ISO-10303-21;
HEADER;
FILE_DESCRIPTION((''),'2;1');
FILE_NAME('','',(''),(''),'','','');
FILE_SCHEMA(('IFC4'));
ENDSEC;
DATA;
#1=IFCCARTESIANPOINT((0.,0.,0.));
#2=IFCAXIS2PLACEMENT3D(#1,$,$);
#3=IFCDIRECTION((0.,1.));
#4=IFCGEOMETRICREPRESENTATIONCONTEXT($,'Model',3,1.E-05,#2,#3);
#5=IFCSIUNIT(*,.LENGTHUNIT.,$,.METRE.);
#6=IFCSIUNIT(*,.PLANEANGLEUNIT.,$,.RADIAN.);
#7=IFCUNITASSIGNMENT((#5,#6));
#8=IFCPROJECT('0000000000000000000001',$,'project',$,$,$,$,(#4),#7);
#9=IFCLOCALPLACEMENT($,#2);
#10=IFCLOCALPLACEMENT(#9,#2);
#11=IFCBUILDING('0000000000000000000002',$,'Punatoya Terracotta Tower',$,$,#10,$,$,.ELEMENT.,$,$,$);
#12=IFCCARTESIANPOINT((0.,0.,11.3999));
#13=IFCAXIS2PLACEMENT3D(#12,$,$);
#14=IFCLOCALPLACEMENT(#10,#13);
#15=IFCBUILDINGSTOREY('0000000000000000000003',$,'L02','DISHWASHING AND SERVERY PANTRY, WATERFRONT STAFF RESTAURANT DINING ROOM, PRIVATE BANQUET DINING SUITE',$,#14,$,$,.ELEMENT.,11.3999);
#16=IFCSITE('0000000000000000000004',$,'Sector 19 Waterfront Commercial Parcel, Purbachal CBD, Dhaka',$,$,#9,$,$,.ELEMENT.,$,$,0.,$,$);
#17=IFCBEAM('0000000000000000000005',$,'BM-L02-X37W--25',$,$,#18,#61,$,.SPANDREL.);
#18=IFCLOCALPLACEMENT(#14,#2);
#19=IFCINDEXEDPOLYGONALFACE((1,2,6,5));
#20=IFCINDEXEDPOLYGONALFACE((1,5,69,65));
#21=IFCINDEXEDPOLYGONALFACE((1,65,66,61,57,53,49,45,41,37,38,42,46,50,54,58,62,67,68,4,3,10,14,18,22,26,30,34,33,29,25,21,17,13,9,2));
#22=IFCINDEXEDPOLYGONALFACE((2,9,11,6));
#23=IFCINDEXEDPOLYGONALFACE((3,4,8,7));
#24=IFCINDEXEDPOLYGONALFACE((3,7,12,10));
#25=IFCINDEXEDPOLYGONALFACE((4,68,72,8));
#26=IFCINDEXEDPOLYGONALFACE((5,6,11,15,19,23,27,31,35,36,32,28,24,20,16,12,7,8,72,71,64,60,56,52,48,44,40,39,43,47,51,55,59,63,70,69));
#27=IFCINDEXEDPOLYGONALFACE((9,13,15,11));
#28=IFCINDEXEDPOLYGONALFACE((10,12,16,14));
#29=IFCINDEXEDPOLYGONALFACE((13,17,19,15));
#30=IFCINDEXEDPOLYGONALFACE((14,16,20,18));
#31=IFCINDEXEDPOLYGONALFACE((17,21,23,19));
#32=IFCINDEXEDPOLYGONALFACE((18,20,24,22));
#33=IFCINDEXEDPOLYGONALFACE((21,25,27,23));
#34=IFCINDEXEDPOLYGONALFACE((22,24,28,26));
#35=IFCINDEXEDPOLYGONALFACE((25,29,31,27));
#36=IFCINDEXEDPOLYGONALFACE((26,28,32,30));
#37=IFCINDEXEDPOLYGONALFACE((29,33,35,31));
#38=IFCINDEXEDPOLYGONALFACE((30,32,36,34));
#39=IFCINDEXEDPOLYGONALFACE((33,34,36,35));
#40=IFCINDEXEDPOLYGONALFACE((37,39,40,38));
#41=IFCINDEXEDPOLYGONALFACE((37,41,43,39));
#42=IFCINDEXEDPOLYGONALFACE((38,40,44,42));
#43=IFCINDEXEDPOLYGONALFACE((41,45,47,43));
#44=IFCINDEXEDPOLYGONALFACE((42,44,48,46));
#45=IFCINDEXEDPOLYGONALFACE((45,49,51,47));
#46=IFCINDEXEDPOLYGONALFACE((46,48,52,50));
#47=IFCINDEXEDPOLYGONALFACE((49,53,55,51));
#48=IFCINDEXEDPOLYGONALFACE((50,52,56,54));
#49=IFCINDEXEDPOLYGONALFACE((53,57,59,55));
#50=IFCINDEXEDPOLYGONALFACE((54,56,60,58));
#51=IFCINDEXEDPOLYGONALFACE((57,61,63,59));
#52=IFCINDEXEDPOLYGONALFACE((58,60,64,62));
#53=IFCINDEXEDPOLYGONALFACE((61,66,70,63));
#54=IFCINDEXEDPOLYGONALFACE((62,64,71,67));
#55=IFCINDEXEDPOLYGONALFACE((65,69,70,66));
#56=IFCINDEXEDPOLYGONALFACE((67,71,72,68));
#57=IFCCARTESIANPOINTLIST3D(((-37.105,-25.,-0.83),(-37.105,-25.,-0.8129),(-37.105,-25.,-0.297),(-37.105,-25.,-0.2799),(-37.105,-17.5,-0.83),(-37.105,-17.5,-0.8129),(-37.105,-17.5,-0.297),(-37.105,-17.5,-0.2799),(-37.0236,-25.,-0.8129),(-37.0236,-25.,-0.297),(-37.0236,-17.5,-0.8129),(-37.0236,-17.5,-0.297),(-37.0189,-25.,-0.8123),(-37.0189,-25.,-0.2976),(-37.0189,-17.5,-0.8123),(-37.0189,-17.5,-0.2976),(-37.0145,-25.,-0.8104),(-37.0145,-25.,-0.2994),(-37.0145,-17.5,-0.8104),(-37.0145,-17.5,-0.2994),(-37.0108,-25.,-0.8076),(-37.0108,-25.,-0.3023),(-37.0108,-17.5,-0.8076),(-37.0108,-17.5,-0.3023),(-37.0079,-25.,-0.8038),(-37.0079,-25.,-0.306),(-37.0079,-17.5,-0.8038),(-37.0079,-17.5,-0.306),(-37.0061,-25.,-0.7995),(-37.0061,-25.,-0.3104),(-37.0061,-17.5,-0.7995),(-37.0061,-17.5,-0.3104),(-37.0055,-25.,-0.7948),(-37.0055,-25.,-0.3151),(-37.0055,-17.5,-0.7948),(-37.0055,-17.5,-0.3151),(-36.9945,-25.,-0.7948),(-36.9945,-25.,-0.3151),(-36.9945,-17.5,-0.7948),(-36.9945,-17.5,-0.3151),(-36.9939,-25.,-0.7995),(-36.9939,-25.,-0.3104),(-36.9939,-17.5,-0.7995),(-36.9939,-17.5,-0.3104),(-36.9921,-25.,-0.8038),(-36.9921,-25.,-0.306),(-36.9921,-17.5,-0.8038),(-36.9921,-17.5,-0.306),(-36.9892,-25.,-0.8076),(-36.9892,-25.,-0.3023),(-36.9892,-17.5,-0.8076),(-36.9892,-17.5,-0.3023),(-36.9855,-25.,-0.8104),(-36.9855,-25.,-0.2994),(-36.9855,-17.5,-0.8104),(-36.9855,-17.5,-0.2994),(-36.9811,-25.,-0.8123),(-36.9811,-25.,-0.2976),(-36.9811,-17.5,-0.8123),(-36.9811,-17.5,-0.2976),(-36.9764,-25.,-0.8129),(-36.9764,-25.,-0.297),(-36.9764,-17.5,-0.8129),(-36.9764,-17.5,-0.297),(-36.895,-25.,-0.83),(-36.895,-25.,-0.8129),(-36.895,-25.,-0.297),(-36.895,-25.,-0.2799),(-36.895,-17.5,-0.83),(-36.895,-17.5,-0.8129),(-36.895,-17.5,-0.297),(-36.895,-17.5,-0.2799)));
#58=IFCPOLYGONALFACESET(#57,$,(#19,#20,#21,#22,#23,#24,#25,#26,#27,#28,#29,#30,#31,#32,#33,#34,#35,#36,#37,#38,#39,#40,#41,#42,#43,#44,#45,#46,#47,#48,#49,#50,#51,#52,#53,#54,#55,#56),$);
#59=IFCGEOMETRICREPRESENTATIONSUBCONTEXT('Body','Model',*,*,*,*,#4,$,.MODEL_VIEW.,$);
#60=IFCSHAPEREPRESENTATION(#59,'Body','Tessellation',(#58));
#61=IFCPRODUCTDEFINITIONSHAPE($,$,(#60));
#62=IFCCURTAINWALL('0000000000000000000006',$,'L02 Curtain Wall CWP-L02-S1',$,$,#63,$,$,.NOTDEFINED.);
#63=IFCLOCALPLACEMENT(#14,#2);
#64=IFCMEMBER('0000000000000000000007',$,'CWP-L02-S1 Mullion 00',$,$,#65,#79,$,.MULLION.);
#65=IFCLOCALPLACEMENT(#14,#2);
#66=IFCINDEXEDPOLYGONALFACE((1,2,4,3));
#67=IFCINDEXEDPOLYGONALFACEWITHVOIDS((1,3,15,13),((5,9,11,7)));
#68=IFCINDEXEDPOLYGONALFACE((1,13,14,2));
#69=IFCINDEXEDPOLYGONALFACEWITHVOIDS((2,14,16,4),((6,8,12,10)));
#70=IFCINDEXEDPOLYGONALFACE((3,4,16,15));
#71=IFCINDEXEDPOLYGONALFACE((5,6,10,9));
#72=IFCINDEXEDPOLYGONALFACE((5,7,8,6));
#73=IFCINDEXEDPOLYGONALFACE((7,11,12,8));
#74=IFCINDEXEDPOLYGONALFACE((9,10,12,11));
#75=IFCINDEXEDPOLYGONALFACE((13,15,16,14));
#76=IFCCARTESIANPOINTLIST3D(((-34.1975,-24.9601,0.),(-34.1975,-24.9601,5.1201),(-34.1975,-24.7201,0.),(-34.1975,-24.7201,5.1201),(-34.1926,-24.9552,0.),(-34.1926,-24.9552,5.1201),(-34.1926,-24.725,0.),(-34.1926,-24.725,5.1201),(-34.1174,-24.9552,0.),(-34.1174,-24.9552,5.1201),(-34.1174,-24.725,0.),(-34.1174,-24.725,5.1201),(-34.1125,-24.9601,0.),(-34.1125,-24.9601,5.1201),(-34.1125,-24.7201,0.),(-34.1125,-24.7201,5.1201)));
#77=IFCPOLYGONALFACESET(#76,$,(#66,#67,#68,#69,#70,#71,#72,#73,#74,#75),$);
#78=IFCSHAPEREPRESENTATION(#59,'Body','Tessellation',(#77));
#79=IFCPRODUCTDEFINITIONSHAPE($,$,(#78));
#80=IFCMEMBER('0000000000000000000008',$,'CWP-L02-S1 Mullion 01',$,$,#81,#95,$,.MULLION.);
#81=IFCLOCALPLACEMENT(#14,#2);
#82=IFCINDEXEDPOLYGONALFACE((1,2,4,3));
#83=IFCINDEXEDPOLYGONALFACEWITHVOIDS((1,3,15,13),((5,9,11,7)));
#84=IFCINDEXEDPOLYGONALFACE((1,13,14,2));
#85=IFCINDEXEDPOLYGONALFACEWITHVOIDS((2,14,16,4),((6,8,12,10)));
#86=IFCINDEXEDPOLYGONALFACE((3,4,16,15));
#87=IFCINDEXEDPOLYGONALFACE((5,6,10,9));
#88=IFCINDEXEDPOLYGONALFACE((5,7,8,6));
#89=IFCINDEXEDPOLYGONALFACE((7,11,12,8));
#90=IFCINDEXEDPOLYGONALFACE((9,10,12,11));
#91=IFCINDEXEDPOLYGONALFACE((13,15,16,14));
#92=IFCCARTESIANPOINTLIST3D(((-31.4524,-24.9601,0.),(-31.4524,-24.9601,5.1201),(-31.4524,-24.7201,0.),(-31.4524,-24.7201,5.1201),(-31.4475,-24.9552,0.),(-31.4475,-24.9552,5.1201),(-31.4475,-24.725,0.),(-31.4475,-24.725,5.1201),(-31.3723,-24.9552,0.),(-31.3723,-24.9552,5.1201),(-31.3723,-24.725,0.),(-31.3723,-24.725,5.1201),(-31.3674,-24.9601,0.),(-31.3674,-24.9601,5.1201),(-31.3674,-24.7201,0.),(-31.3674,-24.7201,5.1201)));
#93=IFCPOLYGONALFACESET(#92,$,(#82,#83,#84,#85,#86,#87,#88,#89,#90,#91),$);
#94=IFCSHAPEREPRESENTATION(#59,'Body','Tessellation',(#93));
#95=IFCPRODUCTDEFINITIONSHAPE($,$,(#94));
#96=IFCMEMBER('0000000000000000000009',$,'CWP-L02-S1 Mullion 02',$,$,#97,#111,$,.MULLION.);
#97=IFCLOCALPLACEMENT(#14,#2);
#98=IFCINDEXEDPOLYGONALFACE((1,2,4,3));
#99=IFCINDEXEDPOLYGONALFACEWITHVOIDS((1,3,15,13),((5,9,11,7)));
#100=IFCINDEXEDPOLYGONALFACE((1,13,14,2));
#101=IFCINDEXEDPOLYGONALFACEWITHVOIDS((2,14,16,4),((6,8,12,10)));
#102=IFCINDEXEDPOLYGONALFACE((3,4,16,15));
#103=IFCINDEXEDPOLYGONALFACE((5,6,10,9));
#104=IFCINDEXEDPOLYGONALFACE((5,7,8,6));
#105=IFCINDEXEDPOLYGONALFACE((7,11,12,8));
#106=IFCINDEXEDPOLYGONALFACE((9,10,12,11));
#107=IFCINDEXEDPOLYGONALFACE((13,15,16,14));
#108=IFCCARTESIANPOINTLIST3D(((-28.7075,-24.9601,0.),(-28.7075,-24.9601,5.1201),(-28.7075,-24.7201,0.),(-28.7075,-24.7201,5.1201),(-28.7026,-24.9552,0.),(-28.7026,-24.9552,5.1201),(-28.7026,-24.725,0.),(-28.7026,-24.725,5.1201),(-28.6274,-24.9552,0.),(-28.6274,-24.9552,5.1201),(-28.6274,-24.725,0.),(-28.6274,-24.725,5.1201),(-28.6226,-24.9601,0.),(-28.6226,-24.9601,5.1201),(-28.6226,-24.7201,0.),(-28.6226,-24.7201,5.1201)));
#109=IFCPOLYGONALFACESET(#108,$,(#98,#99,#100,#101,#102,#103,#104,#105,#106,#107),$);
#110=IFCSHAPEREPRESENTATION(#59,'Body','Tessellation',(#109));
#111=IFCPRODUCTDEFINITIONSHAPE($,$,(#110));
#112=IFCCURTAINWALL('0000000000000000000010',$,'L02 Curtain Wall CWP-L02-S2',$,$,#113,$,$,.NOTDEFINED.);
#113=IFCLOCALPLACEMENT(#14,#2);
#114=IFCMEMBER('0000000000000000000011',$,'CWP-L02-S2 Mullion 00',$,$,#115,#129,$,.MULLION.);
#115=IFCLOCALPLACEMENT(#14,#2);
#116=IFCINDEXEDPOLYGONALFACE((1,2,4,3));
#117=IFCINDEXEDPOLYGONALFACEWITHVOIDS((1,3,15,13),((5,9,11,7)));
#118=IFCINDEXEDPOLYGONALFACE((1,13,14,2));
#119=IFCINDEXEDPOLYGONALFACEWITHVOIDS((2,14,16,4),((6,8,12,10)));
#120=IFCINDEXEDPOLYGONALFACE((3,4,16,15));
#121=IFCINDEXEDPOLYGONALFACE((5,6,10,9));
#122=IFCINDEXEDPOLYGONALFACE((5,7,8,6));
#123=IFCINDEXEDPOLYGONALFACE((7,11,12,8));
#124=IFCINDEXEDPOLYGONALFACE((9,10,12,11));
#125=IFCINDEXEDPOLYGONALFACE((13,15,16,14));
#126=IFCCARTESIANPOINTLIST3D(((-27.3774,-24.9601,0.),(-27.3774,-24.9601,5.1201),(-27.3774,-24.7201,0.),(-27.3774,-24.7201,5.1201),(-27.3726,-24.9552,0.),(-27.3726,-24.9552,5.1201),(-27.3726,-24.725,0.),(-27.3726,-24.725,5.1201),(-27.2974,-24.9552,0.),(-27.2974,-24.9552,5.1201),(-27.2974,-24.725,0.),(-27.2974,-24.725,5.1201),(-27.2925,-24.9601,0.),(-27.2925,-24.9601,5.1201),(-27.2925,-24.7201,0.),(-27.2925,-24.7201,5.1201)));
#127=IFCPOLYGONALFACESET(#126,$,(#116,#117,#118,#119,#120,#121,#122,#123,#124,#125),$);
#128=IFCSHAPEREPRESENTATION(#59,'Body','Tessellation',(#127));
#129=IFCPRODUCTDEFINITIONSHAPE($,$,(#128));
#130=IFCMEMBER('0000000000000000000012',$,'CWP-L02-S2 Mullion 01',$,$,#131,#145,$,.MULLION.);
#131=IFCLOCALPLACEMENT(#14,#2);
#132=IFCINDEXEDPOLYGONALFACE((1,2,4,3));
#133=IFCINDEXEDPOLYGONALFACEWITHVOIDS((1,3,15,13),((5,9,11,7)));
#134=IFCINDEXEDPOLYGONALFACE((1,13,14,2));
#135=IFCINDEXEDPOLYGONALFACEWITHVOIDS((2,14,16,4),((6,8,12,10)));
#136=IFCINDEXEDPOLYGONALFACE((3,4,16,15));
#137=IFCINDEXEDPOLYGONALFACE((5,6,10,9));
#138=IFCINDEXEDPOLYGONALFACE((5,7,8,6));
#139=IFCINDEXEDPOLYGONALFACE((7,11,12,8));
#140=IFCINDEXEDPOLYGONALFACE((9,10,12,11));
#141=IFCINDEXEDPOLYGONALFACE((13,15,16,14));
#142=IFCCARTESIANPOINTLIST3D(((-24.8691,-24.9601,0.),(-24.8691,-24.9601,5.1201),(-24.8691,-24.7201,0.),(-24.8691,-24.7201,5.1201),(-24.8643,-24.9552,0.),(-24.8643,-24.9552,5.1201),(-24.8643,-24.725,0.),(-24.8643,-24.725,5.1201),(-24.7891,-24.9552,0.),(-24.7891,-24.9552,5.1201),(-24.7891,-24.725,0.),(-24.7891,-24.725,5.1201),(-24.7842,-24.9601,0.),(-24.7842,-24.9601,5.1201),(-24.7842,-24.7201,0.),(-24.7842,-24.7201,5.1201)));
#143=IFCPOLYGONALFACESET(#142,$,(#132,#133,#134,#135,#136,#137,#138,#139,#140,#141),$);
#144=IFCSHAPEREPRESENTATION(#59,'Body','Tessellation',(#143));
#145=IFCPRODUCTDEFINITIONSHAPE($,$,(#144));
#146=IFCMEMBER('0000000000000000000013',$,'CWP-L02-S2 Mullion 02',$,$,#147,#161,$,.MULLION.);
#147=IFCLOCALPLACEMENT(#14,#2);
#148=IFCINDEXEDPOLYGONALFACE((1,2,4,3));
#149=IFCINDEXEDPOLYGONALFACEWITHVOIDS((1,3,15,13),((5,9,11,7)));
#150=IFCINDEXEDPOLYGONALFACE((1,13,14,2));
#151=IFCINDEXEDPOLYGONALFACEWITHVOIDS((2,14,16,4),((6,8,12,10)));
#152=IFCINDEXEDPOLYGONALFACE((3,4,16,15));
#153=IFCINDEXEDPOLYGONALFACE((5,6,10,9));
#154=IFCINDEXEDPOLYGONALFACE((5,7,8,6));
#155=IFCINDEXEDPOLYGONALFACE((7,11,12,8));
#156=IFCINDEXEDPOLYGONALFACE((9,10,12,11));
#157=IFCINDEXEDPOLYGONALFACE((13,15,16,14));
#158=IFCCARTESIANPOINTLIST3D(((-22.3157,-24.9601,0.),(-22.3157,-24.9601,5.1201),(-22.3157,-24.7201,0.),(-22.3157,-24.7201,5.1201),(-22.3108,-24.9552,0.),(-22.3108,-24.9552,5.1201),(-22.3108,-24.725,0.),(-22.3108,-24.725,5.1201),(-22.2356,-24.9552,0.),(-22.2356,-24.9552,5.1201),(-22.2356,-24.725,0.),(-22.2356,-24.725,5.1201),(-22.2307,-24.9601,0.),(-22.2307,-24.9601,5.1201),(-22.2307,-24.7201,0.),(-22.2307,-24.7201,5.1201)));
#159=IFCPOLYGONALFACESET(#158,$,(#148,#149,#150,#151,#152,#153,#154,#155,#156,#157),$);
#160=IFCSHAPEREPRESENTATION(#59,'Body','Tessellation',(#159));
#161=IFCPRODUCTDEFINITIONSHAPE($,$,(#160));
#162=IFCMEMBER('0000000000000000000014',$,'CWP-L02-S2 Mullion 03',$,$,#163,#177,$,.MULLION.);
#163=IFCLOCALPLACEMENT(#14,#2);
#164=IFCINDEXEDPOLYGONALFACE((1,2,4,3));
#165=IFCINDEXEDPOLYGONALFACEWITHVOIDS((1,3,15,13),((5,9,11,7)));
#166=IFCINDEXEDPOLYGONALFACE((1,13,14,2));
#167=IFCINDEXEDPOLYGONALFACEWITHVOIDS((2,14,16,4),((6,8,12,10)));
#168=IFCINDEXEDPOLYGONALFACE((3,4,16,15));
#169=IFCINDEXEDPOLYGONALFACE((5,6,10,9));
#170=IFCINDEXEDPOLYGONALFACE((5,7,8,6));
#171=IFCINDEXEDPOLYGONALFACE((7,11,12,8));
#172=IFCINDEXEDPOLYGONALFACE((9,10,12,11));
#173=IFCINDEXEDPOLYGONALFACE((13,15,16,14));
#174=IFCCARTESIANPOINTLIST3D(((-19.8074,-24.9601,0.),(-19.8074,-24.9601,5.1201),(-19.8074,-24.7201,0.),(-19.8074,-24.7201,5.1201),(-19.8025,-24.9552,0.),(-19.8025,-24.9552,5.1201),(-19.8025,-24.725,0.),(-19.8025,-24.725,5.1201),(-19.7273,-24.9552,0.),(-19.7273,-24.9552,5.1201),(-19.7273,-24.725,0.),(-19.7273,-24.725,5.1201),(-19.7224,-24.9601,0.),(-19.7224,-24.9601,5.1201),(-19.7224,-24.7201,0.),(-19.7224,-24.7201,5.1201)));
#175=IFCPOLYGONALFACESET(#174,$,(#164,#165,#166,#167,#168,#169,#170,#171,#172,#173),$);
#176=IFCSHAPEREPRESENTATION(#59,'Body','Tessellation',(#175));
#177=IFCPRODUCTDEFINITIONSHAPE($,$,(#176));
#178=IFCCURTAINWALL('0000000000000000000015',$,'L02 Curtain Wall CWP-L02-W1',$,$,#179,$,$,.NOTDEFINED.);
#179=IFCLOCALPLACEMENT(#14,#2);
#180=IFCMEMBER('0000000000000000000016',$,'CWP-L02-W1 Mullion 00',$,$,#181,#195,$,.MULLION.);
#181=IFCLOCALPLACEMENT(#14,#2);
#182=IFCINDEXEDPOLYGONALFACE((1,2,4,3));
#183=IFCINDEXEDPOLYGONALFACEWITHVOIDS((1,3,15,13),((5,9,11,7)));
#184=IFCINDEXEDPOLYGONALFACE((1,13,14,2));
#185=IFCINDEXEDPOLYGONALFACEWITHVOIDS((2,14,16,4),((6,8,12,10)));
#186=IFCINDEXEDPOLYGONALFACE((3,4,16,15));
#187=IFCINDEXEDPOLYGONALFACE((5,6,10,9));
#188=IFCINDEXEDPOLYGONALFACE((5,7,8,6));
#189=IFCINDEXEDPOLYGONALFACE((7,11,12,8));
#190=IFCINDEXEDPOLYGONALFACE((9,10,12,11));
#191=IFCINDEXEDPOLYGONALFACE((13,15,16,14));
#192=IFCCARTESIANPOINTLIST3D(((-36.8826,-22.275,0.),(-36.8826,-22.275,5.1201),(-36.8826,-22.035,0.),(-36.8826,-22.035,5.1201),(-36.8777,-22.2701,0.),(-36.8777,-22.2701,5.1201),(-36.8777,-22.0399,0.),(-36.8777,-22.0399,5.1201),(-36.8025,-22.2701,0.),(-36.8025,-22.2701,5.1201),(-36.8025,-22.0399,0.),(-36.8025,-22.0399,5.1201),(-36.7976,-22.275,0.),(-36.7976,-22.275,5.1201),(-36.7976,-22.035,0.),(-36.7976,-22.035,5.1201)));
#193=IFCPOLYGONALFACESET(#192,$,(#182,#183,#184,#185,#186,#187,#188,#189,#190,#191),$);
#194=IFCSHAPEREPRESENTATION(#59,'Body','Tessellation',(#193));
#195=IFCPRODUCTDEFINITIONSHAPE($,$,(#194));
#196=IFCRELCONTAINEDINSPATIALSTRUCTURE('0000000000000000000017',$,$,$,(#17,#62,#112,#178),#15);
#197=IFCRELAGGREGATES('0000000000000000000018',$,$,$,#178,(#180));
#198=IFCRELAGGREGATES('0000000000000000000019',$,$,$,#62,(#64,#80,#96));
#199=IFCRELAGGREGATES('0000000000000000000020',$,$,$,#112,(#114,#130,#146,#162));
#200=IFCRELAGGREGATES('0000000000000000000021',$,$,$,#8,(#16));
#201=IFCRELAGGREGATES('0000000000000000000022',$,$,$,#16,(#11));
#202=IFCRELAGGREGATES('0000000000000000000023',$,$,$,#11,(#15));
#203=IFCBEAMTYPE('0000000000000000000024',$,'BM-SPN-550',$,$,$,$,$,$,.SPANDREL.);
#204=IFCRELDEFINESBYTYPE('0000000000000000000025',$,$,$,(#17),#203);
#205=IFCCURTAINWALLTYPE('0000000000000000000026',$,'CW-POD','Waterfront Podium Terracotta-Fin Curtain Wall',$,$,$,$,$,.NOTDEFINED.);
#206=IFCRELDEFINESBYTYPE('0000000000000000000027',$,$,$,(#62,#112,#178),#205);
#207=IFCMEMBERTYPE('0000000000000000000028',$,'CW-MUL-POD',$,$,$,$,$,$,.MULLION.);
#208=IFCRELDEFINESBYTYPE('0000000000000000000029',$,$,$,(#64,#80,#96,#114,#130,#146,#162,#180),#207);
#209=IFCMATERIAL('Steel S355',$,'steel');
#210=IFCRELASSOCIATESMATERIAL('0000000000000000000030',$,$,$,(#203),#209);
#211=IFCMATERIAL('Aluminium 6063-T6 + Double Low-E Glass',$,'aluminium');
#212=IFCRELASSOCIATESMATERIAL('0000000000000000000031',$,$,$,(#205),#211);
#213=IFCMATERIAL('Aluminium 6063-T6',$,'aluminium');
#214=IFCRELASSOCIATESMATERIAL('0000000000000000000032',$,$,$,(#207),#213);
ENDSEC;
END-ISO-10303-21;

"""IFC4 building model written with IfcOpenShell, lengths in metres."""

from ifc_helpers import new_model, si_unit, direction, frame, origin, origin_2d, place, context, subcontext, project, spatial, hollow_rectangle, i_section, extrude, material, material_profile, profile_set, type_object, element, aggregate, save


model = new_model("IFC4")

# Units and contexts
model_context = context("Model", 3, precision=1e-05, world=origin(), true_north=direction((0.0, 1.0)))
body_context = subcontext(model_context, "Body", "Model", "MODEL_VIEW")
ifc_project = project(units=[si_unit("LENGTHUNIT", "METRE"), si_unit("PLANEANGLEUNIT", "RADIAN")], contexts=[model_context])

# Site, building, storey
site_placement = place(None, origin())
site = spatial("IfcSite", under=ifc_project, at=site_placement, Name="Sector 19 Waterfront Commercial Parcel, Purbachal CBD, Dhaka", CompositionType="ELEMENT", RefElevation=0.0)
building_placement = place(site_placement, origin())
building = spatial("IfcBuilding", under=site, at=building_placement, Name="Punatoya Terracotta Tower", CompositionType="ELEMENT")
storey_placement = place(building_placement, frame((0.0, 0.0, 11.3999)))
storey = spatial("IfcBuildingStorey", under=building, at=storey_placement, Name="L02", Description="DISHWASHING AND SERVERY PANTRY, WATERFRONT STAFF RESTAURANT DINING ROOM, PRIVATE BANQUET DINING SUITE", CompositionType="ELEMENT", Elevation=11.3999)

# Beam
ifc_material_1 = material(Name="Steel S355", Category="steel")
ifc_material_profile_1 = material_profile(ifc_material_1, i_section(OverallWidth=0.21, OverallDepth=0.55, WebThickness=0.011, FlangeThickness=0.0171, FilletRadius=0.0181, at=origin_2d()))
ifc_profile_set_1 = profile_set([ifc_material_profile_1], Name="Steel S355")
beam_type_1 = type_object("IfcBeamType", Name="BM-SPN-550", PredefinedType="SPANDREL", material=ifc_profile_set_1)
beam_1_placement = place(storey_placement, frame((-37.0, -25.0, -0.5549), z_axis=(0.0, 1.0, 0.0), x_axis=(-1.0, 0.0, 0.0)))
element("IfcBeam", 1, at=beam_1_placement, inside=storey, type_object=beam_type_1, Name="BM-L02-X37W--25", PredefinedType="SPANDREL", context=body_context, shape_type="SweptSolid", body=[
    extrude(i_section(OverallWidth=0.21, OverallDepth=0.55, WebThickness=0.011, FlangeThickness=0.0171, FilletRadius=0.0181, at=origin_2d()), origin(), (0.0, 0.0, 1.0), 7.5),
])

# Curtain walls, members
ifc_material_2 = material(Name="Aluminium 6063-T6 + Double Low-E Glass", Category="aluminium")
curtain_wall_type = type_object("IfcCurtainWallType", Name="CW-POD", Description="Waterfront Podium Terracotta-Fin Curtain Wall", PredefinedType="NOTDEFINED", material=ifc_material_2)
curtain_wall_1_placement = place(storey_placement, origin())
curtain_wall_1 = element("IfcCurtainWall", 2, at=curtain_wall_1_placement, inside=storey, type_object=curtain_wall_type, Name="L02 Curtain Wall CWP-L02-S1", PredefinedType="NOTDEFINED")
ifc_material_3 = material(Name="Aluminium 6063-T6", Category="aluminium")
ifc_material_profile_2 = material_profile(ifc_material_3, hollow_rectangle(XDim=0.085, YDim=0.24, WallThickness=0.0049, at=origin_2d()))
ifc_profile_set_2 = profile_set([ifc_material_profile_2], Name="Aluminium 6063-T6")
member_type_1 = type_object("IfcMemberType", Name="CW-MUL-POD", PredefinedType="MULLION", material=ifc_profile_set_2)
member_1_placement = place(storey_placement, frame((-34.155, -24.8401, 0.0), z_axis=(0.0, 0.0, 1.0), x_axis=(1.0, 0.0, 0.0)))
member_1 = element("IfcMember", 3, at=member_1_placement, type_object=member_type_1, Name="CWP-L02-S1 Mullion 00", PredefinedType="MULLION", context=body_context, shape_type="SweptSolid", body=[
    extrude(hollow_rectangle(XDim=0.085, YDim=0.24, WallThickness=0.0049, at=origin_2d()), origin(), (0.0, 0.0, 1.0), 5.1201),
])
member_2_placement = place(storey_placement, frame((-31.4099, -24.8401, 0.0), z_axis=(0.0, 0.0, 1.0), x_axis=(1.0, 0.0, 0.0)))
member_2 = element("IfcMember", 4, at=member_2_placement, type_object=member_type_1, Name="CWP-L02-S1 Mullion 01", PredefinedType="MULLION", context=body_context, shape_type="SweptSolid", body=[
    extrude(hollow_rectangle(XDim=0.085, YDim=0.24, WallThickness=0.0049, at=origin_2d()), origin(), (0.0, 0.0, 1.0), 5.1201),
])
member_3_placement = place(storey_placement, frame((-28.665, -24.8401, 0.0), z_axis=(0.0, 0.0, 1.0), x_axis=(1.0, 0.0, 0.0)))
member_3 = element("IfcMember", 5, at=member_3_placement, type_object=member_type_1, Name="CWP-L02-S1 Mullion 02", PredefinedType="MULLION", context=body_context, shape_type="SweptSolid", body=[
    extrude(hollow_rectangle(XDim=0.085, YDim=0.24, WallThickness=0.0049, at=origin_2d()), origin(), (0.0, 0.0, 1.0), 5.1201),
])
curtain_wall_2_placement = place(storey_placement, origin())
curtain_wall_2 = element("IfcCurtainWall", 6, at=curtain_wall_2_placement, inside=storey, type_object=curtain_wall_type, Name="L02 Curtain Wall CWP-L02-S2", PredefinedType="NOTDEFINED")
member_4_placement = place(storey_placement, frame((-27.335, -24.8401, 0.0), z_axis=(0.0, 0.0, 1.0), x_axis=(1.0, 0.0, 0.0)))
member_4 = element("IfcMember", 7, at=member_4_placement, type_object=member_type_1, Name="CWP-L02-S2 Mullion 00", PredefinedType="MULLION", context=body_context, shape_type="SweptSolid", body=[
    extrude(hollow_rectangle(XDim=0.085, YDim=0.24, WallThickness=0.0049, at=origin_2d()), origin(), (0.0, 0.0, 1.0), 5.1201),
])
member_5_placement = place(storey_placement, frame((-24.8267, -24.8401, 0.0), z_axis=(0.0, 0.0, 1.0), x_axis=(1.0, 0.0, 0.0)))
member_5 = element("IfcMember", 8, at=member_5_placement, type_object=member_type_1, Name="CWP-L02-S2 Mullion 01", PredefinedType="MULLION", context=body_context, shape_type="SweptSolid", body=[
    extrude(hollow_rectangle(XDim=0.085, YDim=0.24, WallThickness=0.0049, at=origin_2d()), origin(), (0.0, 0.0, 1.0), 5.1201),
])
member_6_placement = place(storey_placement, frame((-22.2732, -24.8401, 0.0), z_axis=(0.0, 0.0, 1.0), x_axis=(1.0, 0.0, 0.0)))
member_6 = element("IfcMember", 9, at=member_6_placement, type_object=member_type_1, Name="CWP-L02-S2 Mullion 02", PredefinedType="MULLION", context=body_context, shape_type="SweptSolid", body=[
    extrude(hollow_rectangle(XDim=0.085, YDim=0.24, WallThickness=0.0049, at=origin_2d()), origin(), (0.0, 0.0, 1.0), 5.1201),
])
member_7_placement = place(storey_placement, frame((-19.7649, -24.8401, 0.0), z_axis=(0.0, 0.0, 1.0), x_axis=(1.0, 0.0, 0.0)))
member_7 = element("IfcMember", 10, at=member_7_placement, type_object=member_type_1, Name="CWP-L02-S2 Mullion 03", PredefinedType="MULLION", context=body_context, shape_type="SweptSolid", body=[
    extrude(hollow_rectangle(XDim=0.085, YDim=0.24, WallThickness=0.0049, at=origin_2d()), origin(), (0.0, 0.0, 1.0), 5.1201),
])

# Curtain wall, member
curtain_wall_3_placement = place(storey_placement, origin())
curtain_wall_3 = element("IfcCurtainWall", 11, at=curtain_wall_3_placement, inside=storey, type_object=curtain_wall_type, Name="L02 Curtain Wall CWP-L02-W1", PredefinedType="NOTDEFINED")
member_8_placement = place(storey_placement, frame((-36.8401, -22.155, 0.0), z_axis=(0.0, 0.0, 1.0), x_axis=(1.0, 0.0, 0.0)))
member_8 = element("IfcMember", 12, at=member_8_placement, type_object=member_type_1, Name="CWP-L02-W1 Mullion 00", PredefinedType="MULLION", context=body_context, shape_type="SweptSolid", body=[
    extrude(hollow_rectangle(XDim=0.085, YDim=0.24, WallThickness=0.0049, at=origin_2d()), origin(), (0.0, 0.0, 1.0), 5.1201),
])

aggregate(curtain_wall_3, [member_8])

aggregate(curtain_wall_1, [member_1, member_2, member_3])
aggregate(curtain_wall_2, [member_4, member_5, member_6, member_7])

save(model, "model.ifc")
